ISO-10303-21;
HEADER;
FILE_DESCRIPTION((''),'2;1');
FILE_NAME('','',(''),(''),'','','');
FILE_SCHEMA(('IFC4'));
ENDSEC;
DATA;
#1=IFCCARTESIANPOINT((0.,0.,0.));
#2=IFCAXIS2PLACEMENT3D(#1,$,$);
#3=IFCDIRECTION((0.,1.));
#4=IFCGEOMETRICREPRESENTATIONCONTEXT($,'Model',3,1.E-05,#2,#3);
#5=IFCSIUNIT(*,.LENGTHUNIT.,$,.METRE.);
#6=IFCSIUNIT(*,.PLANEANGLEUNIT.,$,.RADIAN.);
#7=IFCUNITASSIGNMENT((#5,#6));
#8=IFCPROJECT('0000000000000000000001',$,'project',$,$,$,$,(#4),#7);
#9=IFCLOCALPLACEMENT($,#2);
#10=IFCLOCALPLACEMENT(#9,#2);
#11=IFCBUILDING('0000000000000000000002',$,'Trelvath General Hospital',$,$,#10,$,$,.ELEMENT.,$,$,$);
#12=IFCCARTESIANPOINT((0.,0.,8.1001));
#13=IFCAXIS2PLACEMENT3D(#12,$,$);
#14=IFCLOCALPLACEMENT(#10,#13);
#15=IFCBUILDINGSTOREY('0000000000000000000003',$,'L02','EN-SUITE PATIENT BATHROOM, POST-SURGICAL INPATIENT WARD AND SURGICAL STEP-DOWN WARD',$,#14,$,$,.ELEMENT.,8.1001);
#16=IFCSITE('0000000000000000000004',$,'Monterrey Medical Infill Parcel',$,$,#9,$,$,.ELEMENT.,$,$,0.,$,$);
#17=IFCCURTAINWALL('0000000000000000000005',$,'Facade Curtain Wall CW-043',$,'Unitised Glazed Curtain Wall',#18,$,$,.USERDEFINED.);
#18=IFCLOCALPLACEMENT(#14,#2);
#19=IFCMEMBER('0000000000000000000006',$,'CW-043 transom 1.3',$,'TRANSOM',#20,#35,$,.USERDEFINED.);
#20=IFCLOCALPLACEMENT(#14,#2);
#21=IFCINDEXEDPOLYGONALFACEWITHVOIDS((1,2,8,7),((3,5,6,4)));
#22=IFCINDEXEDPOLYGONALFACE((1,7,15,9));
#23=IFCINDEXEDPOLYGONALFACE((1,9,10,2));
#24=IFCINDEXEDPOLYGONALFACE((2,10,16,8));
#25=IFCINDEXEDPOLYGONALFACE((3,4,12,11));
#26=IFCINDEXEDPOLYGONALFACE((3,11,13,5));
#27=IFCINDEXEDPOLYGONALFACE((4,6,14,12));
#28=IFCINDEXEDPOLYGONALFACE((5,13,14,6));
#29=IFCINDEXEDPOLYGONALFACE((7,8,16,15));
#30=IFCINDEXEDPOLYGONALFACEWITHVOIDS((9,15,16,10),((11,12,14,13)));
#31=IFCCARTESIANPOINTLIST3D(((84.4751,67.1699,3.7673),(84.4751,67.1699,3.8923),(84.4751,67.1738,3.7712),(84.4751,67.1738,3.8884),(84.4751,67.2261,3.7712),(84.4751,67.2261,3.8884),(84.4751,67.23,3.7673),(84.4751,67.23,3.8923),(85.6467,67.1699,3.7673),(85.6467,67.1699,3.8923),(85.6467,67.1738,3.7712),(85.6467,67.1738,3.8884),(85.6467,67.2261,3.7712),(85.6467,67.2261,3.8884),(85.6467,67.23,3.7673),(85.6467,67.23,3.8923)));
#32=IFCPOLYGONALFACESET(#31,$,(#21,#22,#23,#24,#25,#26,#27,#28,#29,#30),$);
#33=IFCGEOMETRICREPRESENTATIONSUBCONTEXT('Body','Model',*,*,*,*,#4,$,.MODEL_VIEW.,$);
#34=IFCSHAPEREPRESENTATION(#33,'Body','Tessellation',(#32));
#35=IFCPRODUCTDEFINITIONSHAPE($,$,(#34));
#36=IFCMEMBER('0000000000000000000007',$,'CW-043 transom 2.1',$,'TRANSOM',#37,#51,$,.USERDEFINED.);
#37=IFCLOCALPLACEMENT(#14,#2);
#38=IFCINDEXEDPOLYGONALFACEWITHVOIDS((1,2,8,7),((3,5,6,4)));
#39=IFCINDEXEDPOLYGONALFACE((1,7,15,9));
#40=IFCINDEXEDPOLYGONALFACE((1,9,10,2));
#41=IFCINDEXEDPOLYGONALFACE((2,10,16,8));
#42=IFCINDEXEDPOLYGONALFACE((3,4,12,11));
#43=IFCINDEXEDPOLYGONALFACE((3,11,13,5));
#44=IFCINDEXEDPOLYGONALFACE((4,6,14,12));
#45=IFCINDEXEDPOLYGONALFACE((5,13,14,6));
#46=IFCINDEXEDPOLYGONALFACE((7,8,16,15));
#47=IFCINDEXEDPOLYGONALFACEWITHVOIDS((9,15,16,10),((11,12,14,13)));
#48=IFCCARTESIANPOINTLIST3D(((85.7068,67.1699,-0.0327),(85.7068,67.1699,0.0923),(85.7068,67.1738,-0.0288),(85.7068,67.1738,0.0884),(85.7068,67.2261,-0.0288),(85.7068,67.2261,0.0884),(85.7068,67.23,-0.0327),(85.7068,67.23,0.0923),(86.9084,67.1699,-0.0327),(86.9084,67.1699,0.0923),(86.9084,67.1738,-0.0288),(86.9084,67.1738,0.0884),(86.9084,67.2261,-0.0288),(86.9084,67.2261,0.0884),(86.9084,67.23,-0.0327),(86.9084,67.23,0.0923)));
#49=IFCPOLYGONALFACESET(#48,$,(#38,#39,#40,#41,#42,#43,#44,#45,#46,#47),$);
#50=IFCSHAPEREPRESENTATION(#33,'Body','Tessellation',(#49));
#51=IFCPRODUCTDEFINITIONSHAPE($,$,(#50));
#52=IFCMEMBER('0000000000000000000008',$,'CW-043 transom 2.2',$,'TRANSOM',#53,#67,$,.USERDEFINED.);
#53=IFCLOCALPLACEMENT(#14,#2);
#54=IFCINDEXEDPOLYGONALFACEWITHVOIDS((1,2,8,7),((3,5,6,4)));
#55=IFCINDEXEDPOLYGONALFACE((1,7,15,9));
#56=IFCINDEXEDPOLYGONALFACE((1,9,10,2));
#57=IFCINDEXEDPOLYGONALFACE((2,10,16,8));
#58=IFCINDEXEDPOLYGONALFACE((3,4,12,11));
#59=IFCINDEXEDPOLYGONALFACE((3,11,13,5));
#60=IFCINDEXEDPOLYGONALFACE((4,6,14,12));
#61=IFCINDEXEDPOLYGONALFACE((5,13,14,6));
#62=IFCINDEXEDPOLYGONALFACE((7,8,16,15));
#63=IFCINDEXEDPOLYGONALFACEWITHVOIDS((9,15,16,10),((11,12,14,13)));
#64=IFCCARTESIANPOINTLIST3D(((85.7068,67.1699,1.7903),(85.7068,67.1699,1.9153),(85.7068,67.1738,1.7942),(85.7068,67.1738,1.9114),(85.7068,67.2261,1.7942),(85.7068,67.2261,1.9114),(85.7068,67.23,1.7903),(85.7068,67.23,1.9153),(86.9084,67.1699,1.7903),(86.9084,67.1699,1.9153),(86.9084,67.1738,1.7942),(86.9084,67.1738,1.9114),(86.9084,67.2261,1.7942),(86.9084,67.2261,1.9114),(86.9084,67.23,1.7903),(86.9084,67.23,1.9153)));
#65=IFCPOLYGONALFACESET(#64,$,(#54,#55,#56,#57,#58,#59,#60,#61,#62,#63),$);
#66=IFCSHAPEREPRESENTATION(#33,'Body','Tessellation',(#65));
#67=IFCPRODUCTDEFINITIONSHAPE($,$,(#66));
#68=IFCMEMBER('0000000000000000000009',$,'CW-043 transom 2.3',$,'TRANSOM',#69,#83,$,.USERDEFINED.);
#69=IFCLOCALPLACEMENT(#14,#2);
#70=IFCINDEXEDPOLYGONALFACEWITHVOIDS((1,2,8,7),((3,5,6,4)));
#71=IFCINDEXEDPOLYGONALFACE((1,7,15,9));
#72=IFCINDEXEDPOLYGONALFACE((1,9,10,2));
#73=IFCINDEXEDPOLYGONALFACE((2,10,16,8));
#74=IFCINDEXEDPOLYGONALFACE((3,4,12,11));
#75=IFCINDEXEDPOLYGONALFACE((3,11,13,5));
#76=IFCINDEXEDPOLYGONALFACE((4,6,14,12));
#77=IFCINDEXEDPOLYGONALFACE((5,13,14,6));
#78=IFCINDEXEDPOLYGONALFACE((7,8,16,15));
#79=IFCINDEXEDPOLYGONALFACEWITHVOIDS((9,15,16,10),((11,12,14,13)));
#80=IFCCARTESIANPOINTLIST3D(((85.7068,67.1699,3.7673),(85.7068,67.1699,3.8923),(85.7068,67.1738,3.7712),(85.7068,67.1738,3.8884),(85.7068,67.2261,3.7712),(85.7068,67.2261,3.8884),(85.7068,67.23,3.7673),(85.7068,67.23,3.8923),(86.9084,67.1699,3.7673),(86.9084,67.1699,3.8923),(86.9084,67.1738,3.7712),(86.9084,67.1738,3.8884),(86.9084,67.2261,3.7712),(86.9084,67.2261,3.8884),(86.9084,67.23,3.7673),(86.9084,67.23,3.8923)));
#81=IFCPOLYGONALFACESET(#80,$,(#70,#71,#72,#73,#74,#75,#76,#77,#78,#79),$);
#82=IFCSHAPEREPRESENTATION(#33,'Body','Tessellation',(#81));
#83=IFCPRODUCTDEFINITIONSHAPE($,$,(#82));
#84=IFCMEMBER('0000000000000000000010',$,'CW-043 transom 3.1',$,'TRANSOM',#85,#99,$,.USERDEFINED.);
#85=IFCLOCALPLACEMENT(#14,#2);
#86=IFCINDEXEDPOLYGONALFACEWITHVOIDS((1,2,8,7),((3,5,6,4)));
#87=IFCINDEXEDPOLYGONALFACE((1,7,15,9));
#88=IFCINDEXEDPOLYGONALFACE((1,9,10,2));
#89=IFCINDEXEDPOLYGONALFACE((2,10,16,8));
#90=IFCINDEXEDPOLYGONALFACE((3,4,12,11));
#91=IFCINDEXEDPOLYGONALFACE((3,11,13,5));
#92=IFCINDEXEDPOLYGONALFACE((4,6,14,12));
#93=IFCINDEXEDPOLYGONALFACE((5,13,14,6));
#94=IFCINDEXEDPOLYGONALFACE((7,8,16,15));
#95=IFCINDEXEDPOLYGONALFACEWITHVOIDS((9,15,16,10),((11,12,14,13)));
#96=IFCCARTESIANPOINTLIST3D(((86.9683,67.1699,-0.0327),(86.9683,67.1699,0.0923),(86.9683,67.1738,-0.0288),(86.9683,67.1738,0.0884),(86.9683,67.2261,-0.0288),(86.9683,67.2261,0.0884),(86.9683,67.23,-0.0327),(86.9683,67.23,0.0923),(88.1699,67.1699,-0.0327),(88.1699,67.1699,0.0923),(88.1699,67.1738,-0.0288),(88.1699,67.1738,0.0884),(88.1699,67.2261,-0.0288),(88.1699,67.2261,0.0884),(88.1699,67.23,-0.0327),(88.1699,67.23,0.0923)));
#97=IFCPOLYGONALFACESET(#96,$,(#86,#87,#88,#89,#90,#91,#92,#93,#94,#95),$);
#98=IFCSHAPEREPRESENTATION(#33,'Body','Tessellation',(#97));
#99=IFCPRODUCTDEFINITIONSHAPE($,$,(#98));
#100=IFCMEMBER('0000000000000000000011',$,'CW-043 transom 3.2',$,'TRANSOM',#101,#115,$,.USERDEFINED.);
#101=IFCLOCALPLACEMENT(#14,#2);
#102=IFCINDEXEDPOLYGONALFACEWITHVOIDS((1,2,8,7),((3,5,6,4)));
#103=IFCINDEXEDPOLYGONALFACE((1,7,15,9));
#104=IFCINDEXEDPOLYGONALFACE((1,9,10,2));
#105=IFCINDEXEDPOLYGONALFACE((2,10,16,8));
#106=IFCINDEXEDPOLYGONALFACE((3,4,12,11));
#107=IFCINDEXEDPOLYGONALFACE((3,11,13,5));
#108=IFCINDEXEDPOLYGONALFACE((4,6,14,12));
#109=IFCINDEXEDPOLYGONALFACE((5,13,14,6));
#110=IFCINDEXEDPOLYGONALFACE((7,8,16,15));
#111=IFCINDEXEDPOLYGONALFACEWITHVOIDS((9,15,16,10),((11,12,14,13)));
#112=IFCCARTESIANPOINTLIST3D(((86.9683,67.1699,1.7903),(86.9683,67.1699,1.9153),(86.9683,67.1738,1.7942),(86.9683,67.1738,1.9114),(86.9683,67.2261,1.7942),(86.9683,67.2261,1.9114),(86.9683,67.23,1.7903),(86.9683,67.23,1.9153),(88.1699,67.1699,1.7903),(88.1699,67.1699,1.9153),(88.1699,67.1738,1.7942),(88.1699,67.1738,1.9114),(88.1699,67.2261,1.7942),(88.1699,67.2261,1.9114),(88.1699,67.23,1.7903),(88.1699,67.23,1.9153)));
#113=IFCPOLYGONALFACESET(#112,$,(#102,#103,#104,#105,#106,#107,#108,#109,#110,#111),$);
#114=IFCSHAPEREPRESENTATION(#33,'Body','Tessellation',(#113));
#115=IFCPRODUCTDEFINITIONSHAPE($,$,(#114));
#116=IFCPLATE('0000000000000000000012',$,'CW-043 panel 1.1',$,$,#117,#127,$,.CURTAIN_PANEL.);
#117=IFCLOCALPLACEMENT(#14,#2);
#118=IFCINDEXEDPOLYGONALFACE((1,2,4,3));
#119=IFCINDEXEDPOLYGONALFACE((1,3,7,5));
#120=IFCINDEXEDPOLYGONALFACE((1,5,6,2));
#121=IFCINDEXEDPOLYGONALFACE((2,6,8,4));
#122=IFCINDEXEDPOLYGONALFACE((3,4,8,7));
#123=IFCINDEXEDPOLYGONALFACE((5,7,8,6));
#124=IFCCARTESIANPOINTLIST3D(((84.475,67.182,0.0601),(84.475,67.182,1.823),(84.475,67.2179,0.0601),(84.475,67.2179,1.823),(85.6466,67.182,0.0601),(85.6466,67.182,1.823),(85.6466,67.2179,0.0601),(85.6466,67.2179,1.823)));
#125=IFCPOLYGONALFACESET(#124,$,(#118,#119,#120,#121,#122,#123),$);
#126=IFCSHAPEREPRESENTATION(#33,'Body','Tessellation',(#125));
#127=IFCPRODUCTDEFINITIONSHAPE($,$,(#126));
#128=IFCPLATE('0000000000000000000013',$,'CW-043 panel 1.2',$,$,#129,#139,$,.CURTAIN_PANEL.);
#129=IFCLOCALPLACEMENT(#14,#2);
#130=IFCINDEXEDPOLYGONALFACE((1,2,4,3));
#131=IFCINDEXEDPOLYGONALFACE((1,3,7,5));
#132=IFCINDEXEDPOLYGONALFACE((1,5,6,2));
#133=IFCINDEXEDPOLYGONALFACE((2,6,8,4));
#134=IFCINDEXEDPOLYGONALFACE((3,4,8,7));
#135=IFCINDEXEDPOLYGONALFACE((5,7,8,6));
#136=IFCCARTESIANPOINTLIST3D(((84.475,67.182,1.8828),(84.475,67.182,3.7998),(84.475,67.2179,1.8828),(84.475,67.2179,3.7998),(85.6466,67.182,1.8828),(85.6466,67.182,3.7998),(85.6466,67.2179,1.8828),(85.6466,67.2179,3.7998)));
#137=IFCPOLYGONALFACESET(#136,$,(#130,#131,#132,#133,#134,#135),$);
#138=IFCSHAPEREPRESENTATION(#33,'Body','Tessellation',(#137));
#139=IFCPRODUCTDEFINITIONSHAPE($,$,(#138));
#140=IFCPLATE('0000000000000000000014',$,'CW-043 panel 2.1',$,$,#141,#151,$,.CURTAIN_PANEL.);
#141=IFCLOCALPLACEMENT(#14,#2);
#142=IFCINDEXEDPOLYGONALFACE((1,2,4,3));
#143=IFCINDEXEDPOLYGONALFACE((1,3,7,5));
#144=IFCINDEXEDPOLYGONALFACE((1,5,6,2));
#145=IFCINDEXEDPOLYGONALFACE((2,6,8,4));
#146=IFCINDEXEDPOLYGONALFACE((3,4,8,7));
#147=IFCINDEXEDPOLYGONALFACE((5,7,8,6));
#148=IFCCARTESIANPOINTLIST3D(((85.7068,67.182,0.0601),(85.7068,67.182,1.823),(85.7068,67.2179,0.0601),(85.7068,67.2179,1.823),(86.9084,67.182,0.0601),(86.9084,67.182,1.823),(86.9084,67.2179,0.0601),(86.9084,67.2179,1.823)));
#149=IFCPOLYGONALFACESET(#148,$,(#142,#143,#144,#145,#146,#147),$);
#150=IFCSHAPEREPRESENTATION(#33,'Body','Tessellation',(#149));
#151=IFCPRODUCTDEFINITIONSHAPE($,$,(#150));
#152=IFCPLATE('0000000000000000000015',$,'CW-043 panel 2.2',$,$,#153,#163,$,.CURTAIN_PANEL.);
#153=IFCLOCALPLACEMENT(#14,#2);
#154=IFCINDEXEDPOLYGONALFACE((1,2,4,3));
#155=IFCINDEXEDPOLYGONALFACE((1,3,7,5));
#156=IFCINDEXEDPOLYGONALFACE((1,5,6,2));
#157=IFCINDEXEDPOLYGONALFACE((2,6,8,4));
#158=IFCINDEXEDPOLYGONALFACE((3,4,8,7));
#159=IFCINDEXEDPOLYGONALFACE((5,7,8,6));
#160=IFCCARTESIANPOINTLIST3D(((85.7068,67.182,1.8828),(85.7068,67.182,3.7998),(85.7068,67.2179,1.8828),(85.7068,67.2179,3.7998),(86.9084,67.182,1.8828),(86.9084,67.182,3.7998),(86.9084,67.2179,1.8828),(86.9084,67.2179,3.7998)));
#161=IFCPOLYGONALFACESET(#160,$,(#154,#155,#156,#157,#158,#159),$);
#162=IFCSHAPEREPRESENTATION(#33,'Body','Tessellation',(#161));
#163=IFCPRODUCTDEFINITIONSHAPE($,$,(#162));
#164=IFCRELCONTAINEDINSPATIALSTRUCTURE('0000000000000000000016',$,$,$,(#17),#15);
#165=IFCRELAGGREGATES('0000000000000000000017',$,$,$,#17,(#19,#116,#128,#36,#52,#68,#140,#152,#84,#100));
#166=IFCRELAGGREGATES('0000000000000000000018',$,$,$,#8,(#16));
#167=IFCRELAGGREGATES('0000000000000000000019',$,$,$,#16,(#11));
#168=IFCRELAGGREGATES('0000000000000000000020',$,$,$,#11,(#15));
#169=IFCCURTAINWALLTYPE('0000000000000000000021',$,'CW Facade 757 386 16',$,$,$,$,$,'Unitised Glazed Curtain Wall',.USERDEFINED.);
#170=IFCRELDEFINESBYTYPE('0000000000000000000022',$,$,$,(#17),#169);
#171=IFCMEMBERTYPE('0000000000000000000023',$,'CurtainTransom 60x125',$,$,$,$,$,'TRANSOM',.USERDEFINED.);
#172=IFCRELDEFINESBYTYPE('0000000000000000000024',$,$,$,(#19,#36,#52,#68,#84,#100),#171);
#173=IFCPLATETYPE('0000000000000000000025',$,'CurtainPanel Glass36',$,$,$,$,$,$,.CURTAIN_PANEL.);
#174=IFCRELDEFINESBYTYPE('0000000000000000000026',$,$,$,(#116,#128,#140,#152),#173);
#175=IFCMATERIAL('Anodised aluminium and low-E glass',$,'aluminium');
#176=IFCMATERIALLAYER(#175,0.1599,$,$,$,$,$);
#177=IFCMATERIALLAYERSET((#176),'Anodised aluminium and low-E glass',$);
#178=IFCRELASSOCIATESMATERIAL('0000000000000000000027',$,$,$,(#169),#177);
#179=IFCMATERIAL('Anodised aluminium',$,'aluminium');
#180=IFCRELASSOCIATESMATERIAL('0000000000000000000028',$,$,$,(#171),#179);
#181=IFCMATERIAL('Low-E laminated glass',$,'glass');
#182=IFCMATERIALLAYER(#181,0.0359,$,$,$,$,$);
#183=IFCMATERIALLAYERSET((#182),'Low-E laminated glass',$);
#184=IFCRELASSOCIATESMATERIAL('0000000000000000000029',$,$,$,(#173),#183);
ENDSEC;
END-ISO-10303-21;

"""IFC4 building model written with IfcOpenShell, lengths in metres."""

from ifc_helpers import new_model, si_unit, direction, frame, origin, origin_2d, place, context, subcontext, project, spatial, rectangle, hollow_rectangle, extrude, material, layer, layer_set, material_profile, profile_set, type_object, element, aggregate, save


model = new_model("IFC4")

# Units and contexts
model_context = context("Model", 3, precision=1e-05, world=origin(), true_north=direction((0.0, 1.0)))
body_context = subcontext(model_context, "Body", "Model", "MODEL_VIEW")
ifc_project = project(units=[si_unit("LENGTHUNIT", "METRE"), si_unit("PLANEANGLEUNIT", "RADIAN")], contexts=[model_context])

# Site, building, storey
site_placement = place(None, origin())
site = spatial("IfcSite", under=ifc_project, at=site_placement, Name="Monterrey Medical Infill Parcel", CompositionType="ELEMENT", RefElevation=0.0)
building_placement = place(site_placement, origin())
building = spatial("IfcBuilding", under=site, at=building_placement, Name="Trelvath General Hospital", CompositionType="ELEMENT")
storey_placement = place(building_placement, frame((0.0, 0.0, 8.1001)))
storey = spatial("IfcBuildingStorey", under=building, at=storey_placement, Name="L02", Description="EN-SUITE PATIENT BATHROOM, POST-SURGICAL INPATIENT WARD AND SURGICAL STEP-DOWN WARD", CompositionType="ELEMENT", Elevation=8.1001)

# Curtain wall, members, plates
ifc_material_1 = material(Name="Anodised aluminium and low-E glass", Category="aluminium")
ifc_layer_1 = layer(ifc_material_1, 0.1599)
ifc_layer_set_1 = layer_set([ifc_layer_1], Name="Anodised aluminium and low-E glass")
curtain_wall_type = type_object("IfcCurtainWallType", Name="CW Facade 757 386 16", ElementType="Unitised Glazed Curtain Wall", PredefinedType="USERDEFINED", material=ifc_layer_set_1)
curtain_wall_placement = place(storey_placement, origin())
curtain_wall = element("IfcCurtainWall", 1, at=curtain_wall_placement, inside=storey, type_object=curtain_wall_type, Name="Facade Curtain Wall CW-043", ObjectType="Unitised Glazed Curtain Wall", PredefinedType="USERDEFINED")
ifc_material_2 = material(Name="Anodised aluminium", Category="aluminium")
ifc_material_profile_1 = material_profile(ifc_material_2, hollow_rectangle(XDim=0.0601, YDim=0.125, WallThickness=0.0039, at=origin_2d()), Name="RHS60x125x4")
ifc_profile_set_1 = profile_set([ifc_material_profile_1], Name="Anodised aluminium")
member_type_1 = type_object("IfcMemberType", Name="CurtainTransom 60x125", ElementType="TRANSOM", PredefinedType="USERDEFINED", material=ifc_profile_set_1)
member_1_placement = place(storey_placement, frame((84.4751, 67.2, 3.8298), z_axis=(1.0, 0.0, 0.0), x_axis=(0.0, 1.0, 0.0)))
member_1 = element("IfcMember", 2, at=member_1_placement, type_object=member_type_1, Name="CW-043 transom 1.3", ObjectType="TRANSOM", PredefinedType="USERDEFINED", context=body_context, shape_type="SweptSolid", body=[
    extrude(hollow_rectangle(XDim=0.0601, YDim=0.125, WallThickness=0.0039, at=origin_2d()), origin(), (0.0, 0.0, 1.0), 1.1716),
])
member_2_placement = place(storey_placement, frame((85.7068, 67.2, 0.0298), z_axis=(1.0, 0.0, 0.0), x_axis=(0.0, 1.0, 0.0)))
member_2 = element("IfcMember", 3, at=member_2_placement, type_object=member_type_1, Name="CW-043 transom 2.1", ObjectType="TRANSOM", PredefinedType="USERDEFINED", context=body_context, shape_type="SweptSolid", body=[
    extrude(hollow_rectangle(XDim=0.0601, YDim=0.125, WallThickness=0.0039, at=origin_2d()), origin(), (0.0, 0.0, 1.0), 1.2017),
])
member_3_placement = place(storey_placement, frame((85.7068, 67.2, 1.8528), z_axis=(1.0, 0.0, 0.0), x_axis=(0.0, 1.0, 0.0)))
member_3 = element("IfcMember", 4, at=member_3_placement, type_object=member_type_1, Name="CW-043 transom 2.2", ObjectType="TRANSOM", PredefinedType="USERDEFINED", context=body_context, shape_type="SweptSolid", body=[
    extrude(hollow_rectangle(XDim=0.0601, YDim=0.125, WallThickness=0.0039, at=origin_2d()), origin(), (0.0, 0.0, 1.0), 1.2017),
])
member_4_placement = place(storey_placement, frame((85.7068, 67.2, 3.8298), z_axis=(1.0, 0.0, 0.0), x_axis=(0.0, 1.0, 0.0)))
member_4 = element("IfcMember", 5, at=member_4_placement, type_object=member_type_1, Name="CW-043 transom 2.3", ObjectType="TRANSOM", PredefinedType="USERDEFINED", context=body_context, shape_type="SweptSolid", body=[
    extrude(hollow_rectangle(XDim=0.0601, YDim=0.125, WallThickness=0.0039, at=origin_2d()), origin(), (0.0, 0.0, 1.0), 1.2017),
])
member_5_placement = place(storey_placement, frame((86.9683, 67.2, 0.0298), z_axis=(1.0, 0.0, 0.0), x_axis=(0.0, 1.0, 0.0)))
member_5 = element("IfcMember", 6, at=member_5_placement, type_object=member_type_1, Name="CW-043 transom 3.1", ObjectType="TRANSOM", PredefinedType="USERDEFINED", context=body_context, shape_type="SweptSolid", body=[
    extrude(hollow_rectangle(XDim=0.0601, YDim=0.125, WallThickness=0.0039, at=origin_2d()), origin(), (0.0, 0.0, 1.0), 1.2017),
])
member_6_placement = place(storey_placement, frame((86.9683, 67.2, 1.8528), z_axis=(1.0, 0.0, 0.0), x_axis=(0.0, 1.0, 0.0)))
member_6 = element("IfcMember", 7, at=member_6_placement, type_object=member_type_1, Name="CW-043 transom 3.2", ObjectType="TRANSOM", PredefinedType="USERDEFINED", context=body_context, shape_type="SweptSolid", body=[
    extrude(hollow_rectangle(XDim=0.0601, YDim=0.125, WallThickness=0.0039, at=origin_2d()), origin(), (0.0, 0.0, 1.0), 1.2017),
])
ifc_material_3 = material(Name="Low-E laminated glass", Category="glass")
ifc_layer_2 = layer(ifc_material_3, 0.0359)
ifc_layer_set_2 = layer_set([ifc_layer_2], Name="Low-E laminated glass")
plate_type = type_object("IfcPlateType", Name="CurtainPanel Glass36", PredefinedType="CURTAIN_PANEL", material=ifc_layer_set_2)
plate_1_placement = place(storey_placement, frame((85.0608, 67.2, 0.0601), z_axis=(0.0, 0.0, 1.0), x_axis=(1.0, 0.0, 0.0)))
plate_1 = element("IfcPlate", 8, at=plate_1_placement, type_object=plate_type, Name="CW-043 panel 1.1", PredefinedType="CURTAIN_PANEL", context=body_context, shape_type="SweptSolid", body=[
    extrude(rectangle(XDim=1.1716, YDim=0.0359, at=origin_2d()), origin(), (0.0, 0.0, 1.0), 1.7629),
])
plate_2_placement = place(storey_placement, frame((85.0608, 67.2, 1.8828), z_axis=(0.0, 0.0, 1.0), x_axis=(1.0, 0.0, 0.0)))
plate_2 = element("IfcPlate", 9, at=plate_2_placement, type_object=plate_type, Name="CW-043 panel 1.2", PredefinedType="CURTAIN_PANEL", context=body_context, shape_type="SweptSolid", body=[
    extrude(rectangle(XDim=1.1716, YDim=0.0359, at=origin_2d()), origin(), (0.0, 0.0, 1.0), 1.917),
])
plate_3_placement = place(storey_placement, frame((86.3076, 67.2, 0.0601), z_axis=(0.0, 0.0, 1.0), x_axis=(1.0, 0.0, 0.0)))
plate_3 = element("IfcPlate", 10, at=plate_3_placement, type_object=plate_type, Name="CW-043 panel 2.1", PredefinedType="CURTAIN_PANEL", context=body_context, shape_type="SweptSolid", body=[
    extrude(rectangle(XDim=1.2017, YDim=0.0359, at=origin_2d()), origin(), (0.0, 0.0, 1.0), 1.7629),
])
plate_4_placement = place(storey_placement, frame((86.3076, 67.2, 1.8828), z_axis=(0.0, 0.0, 1.0), x_axis=(1.0, 0.0, 0.0)))
plate_4 = element("IfcPlate", 11, at=plate_4_placement, type_object=plate_type, Name="CW-043 panel 2.2", PredefinedType="CURTAIN_PANEL", context=body_context, shape_type="SweptSolid", body=[
    extrude(rectangle(XDim=1.2017, YDim=0.0359, at=origin_2d()), origin(), (0.0, 0.0, 1.0), 1.917),
])
aggregate(curtain_wall, [member_1, plate_1, plate_2, member_2, member_3, member_4, plate_3, plate_4, member_5, member_6])

save(model, "model.ifc")
